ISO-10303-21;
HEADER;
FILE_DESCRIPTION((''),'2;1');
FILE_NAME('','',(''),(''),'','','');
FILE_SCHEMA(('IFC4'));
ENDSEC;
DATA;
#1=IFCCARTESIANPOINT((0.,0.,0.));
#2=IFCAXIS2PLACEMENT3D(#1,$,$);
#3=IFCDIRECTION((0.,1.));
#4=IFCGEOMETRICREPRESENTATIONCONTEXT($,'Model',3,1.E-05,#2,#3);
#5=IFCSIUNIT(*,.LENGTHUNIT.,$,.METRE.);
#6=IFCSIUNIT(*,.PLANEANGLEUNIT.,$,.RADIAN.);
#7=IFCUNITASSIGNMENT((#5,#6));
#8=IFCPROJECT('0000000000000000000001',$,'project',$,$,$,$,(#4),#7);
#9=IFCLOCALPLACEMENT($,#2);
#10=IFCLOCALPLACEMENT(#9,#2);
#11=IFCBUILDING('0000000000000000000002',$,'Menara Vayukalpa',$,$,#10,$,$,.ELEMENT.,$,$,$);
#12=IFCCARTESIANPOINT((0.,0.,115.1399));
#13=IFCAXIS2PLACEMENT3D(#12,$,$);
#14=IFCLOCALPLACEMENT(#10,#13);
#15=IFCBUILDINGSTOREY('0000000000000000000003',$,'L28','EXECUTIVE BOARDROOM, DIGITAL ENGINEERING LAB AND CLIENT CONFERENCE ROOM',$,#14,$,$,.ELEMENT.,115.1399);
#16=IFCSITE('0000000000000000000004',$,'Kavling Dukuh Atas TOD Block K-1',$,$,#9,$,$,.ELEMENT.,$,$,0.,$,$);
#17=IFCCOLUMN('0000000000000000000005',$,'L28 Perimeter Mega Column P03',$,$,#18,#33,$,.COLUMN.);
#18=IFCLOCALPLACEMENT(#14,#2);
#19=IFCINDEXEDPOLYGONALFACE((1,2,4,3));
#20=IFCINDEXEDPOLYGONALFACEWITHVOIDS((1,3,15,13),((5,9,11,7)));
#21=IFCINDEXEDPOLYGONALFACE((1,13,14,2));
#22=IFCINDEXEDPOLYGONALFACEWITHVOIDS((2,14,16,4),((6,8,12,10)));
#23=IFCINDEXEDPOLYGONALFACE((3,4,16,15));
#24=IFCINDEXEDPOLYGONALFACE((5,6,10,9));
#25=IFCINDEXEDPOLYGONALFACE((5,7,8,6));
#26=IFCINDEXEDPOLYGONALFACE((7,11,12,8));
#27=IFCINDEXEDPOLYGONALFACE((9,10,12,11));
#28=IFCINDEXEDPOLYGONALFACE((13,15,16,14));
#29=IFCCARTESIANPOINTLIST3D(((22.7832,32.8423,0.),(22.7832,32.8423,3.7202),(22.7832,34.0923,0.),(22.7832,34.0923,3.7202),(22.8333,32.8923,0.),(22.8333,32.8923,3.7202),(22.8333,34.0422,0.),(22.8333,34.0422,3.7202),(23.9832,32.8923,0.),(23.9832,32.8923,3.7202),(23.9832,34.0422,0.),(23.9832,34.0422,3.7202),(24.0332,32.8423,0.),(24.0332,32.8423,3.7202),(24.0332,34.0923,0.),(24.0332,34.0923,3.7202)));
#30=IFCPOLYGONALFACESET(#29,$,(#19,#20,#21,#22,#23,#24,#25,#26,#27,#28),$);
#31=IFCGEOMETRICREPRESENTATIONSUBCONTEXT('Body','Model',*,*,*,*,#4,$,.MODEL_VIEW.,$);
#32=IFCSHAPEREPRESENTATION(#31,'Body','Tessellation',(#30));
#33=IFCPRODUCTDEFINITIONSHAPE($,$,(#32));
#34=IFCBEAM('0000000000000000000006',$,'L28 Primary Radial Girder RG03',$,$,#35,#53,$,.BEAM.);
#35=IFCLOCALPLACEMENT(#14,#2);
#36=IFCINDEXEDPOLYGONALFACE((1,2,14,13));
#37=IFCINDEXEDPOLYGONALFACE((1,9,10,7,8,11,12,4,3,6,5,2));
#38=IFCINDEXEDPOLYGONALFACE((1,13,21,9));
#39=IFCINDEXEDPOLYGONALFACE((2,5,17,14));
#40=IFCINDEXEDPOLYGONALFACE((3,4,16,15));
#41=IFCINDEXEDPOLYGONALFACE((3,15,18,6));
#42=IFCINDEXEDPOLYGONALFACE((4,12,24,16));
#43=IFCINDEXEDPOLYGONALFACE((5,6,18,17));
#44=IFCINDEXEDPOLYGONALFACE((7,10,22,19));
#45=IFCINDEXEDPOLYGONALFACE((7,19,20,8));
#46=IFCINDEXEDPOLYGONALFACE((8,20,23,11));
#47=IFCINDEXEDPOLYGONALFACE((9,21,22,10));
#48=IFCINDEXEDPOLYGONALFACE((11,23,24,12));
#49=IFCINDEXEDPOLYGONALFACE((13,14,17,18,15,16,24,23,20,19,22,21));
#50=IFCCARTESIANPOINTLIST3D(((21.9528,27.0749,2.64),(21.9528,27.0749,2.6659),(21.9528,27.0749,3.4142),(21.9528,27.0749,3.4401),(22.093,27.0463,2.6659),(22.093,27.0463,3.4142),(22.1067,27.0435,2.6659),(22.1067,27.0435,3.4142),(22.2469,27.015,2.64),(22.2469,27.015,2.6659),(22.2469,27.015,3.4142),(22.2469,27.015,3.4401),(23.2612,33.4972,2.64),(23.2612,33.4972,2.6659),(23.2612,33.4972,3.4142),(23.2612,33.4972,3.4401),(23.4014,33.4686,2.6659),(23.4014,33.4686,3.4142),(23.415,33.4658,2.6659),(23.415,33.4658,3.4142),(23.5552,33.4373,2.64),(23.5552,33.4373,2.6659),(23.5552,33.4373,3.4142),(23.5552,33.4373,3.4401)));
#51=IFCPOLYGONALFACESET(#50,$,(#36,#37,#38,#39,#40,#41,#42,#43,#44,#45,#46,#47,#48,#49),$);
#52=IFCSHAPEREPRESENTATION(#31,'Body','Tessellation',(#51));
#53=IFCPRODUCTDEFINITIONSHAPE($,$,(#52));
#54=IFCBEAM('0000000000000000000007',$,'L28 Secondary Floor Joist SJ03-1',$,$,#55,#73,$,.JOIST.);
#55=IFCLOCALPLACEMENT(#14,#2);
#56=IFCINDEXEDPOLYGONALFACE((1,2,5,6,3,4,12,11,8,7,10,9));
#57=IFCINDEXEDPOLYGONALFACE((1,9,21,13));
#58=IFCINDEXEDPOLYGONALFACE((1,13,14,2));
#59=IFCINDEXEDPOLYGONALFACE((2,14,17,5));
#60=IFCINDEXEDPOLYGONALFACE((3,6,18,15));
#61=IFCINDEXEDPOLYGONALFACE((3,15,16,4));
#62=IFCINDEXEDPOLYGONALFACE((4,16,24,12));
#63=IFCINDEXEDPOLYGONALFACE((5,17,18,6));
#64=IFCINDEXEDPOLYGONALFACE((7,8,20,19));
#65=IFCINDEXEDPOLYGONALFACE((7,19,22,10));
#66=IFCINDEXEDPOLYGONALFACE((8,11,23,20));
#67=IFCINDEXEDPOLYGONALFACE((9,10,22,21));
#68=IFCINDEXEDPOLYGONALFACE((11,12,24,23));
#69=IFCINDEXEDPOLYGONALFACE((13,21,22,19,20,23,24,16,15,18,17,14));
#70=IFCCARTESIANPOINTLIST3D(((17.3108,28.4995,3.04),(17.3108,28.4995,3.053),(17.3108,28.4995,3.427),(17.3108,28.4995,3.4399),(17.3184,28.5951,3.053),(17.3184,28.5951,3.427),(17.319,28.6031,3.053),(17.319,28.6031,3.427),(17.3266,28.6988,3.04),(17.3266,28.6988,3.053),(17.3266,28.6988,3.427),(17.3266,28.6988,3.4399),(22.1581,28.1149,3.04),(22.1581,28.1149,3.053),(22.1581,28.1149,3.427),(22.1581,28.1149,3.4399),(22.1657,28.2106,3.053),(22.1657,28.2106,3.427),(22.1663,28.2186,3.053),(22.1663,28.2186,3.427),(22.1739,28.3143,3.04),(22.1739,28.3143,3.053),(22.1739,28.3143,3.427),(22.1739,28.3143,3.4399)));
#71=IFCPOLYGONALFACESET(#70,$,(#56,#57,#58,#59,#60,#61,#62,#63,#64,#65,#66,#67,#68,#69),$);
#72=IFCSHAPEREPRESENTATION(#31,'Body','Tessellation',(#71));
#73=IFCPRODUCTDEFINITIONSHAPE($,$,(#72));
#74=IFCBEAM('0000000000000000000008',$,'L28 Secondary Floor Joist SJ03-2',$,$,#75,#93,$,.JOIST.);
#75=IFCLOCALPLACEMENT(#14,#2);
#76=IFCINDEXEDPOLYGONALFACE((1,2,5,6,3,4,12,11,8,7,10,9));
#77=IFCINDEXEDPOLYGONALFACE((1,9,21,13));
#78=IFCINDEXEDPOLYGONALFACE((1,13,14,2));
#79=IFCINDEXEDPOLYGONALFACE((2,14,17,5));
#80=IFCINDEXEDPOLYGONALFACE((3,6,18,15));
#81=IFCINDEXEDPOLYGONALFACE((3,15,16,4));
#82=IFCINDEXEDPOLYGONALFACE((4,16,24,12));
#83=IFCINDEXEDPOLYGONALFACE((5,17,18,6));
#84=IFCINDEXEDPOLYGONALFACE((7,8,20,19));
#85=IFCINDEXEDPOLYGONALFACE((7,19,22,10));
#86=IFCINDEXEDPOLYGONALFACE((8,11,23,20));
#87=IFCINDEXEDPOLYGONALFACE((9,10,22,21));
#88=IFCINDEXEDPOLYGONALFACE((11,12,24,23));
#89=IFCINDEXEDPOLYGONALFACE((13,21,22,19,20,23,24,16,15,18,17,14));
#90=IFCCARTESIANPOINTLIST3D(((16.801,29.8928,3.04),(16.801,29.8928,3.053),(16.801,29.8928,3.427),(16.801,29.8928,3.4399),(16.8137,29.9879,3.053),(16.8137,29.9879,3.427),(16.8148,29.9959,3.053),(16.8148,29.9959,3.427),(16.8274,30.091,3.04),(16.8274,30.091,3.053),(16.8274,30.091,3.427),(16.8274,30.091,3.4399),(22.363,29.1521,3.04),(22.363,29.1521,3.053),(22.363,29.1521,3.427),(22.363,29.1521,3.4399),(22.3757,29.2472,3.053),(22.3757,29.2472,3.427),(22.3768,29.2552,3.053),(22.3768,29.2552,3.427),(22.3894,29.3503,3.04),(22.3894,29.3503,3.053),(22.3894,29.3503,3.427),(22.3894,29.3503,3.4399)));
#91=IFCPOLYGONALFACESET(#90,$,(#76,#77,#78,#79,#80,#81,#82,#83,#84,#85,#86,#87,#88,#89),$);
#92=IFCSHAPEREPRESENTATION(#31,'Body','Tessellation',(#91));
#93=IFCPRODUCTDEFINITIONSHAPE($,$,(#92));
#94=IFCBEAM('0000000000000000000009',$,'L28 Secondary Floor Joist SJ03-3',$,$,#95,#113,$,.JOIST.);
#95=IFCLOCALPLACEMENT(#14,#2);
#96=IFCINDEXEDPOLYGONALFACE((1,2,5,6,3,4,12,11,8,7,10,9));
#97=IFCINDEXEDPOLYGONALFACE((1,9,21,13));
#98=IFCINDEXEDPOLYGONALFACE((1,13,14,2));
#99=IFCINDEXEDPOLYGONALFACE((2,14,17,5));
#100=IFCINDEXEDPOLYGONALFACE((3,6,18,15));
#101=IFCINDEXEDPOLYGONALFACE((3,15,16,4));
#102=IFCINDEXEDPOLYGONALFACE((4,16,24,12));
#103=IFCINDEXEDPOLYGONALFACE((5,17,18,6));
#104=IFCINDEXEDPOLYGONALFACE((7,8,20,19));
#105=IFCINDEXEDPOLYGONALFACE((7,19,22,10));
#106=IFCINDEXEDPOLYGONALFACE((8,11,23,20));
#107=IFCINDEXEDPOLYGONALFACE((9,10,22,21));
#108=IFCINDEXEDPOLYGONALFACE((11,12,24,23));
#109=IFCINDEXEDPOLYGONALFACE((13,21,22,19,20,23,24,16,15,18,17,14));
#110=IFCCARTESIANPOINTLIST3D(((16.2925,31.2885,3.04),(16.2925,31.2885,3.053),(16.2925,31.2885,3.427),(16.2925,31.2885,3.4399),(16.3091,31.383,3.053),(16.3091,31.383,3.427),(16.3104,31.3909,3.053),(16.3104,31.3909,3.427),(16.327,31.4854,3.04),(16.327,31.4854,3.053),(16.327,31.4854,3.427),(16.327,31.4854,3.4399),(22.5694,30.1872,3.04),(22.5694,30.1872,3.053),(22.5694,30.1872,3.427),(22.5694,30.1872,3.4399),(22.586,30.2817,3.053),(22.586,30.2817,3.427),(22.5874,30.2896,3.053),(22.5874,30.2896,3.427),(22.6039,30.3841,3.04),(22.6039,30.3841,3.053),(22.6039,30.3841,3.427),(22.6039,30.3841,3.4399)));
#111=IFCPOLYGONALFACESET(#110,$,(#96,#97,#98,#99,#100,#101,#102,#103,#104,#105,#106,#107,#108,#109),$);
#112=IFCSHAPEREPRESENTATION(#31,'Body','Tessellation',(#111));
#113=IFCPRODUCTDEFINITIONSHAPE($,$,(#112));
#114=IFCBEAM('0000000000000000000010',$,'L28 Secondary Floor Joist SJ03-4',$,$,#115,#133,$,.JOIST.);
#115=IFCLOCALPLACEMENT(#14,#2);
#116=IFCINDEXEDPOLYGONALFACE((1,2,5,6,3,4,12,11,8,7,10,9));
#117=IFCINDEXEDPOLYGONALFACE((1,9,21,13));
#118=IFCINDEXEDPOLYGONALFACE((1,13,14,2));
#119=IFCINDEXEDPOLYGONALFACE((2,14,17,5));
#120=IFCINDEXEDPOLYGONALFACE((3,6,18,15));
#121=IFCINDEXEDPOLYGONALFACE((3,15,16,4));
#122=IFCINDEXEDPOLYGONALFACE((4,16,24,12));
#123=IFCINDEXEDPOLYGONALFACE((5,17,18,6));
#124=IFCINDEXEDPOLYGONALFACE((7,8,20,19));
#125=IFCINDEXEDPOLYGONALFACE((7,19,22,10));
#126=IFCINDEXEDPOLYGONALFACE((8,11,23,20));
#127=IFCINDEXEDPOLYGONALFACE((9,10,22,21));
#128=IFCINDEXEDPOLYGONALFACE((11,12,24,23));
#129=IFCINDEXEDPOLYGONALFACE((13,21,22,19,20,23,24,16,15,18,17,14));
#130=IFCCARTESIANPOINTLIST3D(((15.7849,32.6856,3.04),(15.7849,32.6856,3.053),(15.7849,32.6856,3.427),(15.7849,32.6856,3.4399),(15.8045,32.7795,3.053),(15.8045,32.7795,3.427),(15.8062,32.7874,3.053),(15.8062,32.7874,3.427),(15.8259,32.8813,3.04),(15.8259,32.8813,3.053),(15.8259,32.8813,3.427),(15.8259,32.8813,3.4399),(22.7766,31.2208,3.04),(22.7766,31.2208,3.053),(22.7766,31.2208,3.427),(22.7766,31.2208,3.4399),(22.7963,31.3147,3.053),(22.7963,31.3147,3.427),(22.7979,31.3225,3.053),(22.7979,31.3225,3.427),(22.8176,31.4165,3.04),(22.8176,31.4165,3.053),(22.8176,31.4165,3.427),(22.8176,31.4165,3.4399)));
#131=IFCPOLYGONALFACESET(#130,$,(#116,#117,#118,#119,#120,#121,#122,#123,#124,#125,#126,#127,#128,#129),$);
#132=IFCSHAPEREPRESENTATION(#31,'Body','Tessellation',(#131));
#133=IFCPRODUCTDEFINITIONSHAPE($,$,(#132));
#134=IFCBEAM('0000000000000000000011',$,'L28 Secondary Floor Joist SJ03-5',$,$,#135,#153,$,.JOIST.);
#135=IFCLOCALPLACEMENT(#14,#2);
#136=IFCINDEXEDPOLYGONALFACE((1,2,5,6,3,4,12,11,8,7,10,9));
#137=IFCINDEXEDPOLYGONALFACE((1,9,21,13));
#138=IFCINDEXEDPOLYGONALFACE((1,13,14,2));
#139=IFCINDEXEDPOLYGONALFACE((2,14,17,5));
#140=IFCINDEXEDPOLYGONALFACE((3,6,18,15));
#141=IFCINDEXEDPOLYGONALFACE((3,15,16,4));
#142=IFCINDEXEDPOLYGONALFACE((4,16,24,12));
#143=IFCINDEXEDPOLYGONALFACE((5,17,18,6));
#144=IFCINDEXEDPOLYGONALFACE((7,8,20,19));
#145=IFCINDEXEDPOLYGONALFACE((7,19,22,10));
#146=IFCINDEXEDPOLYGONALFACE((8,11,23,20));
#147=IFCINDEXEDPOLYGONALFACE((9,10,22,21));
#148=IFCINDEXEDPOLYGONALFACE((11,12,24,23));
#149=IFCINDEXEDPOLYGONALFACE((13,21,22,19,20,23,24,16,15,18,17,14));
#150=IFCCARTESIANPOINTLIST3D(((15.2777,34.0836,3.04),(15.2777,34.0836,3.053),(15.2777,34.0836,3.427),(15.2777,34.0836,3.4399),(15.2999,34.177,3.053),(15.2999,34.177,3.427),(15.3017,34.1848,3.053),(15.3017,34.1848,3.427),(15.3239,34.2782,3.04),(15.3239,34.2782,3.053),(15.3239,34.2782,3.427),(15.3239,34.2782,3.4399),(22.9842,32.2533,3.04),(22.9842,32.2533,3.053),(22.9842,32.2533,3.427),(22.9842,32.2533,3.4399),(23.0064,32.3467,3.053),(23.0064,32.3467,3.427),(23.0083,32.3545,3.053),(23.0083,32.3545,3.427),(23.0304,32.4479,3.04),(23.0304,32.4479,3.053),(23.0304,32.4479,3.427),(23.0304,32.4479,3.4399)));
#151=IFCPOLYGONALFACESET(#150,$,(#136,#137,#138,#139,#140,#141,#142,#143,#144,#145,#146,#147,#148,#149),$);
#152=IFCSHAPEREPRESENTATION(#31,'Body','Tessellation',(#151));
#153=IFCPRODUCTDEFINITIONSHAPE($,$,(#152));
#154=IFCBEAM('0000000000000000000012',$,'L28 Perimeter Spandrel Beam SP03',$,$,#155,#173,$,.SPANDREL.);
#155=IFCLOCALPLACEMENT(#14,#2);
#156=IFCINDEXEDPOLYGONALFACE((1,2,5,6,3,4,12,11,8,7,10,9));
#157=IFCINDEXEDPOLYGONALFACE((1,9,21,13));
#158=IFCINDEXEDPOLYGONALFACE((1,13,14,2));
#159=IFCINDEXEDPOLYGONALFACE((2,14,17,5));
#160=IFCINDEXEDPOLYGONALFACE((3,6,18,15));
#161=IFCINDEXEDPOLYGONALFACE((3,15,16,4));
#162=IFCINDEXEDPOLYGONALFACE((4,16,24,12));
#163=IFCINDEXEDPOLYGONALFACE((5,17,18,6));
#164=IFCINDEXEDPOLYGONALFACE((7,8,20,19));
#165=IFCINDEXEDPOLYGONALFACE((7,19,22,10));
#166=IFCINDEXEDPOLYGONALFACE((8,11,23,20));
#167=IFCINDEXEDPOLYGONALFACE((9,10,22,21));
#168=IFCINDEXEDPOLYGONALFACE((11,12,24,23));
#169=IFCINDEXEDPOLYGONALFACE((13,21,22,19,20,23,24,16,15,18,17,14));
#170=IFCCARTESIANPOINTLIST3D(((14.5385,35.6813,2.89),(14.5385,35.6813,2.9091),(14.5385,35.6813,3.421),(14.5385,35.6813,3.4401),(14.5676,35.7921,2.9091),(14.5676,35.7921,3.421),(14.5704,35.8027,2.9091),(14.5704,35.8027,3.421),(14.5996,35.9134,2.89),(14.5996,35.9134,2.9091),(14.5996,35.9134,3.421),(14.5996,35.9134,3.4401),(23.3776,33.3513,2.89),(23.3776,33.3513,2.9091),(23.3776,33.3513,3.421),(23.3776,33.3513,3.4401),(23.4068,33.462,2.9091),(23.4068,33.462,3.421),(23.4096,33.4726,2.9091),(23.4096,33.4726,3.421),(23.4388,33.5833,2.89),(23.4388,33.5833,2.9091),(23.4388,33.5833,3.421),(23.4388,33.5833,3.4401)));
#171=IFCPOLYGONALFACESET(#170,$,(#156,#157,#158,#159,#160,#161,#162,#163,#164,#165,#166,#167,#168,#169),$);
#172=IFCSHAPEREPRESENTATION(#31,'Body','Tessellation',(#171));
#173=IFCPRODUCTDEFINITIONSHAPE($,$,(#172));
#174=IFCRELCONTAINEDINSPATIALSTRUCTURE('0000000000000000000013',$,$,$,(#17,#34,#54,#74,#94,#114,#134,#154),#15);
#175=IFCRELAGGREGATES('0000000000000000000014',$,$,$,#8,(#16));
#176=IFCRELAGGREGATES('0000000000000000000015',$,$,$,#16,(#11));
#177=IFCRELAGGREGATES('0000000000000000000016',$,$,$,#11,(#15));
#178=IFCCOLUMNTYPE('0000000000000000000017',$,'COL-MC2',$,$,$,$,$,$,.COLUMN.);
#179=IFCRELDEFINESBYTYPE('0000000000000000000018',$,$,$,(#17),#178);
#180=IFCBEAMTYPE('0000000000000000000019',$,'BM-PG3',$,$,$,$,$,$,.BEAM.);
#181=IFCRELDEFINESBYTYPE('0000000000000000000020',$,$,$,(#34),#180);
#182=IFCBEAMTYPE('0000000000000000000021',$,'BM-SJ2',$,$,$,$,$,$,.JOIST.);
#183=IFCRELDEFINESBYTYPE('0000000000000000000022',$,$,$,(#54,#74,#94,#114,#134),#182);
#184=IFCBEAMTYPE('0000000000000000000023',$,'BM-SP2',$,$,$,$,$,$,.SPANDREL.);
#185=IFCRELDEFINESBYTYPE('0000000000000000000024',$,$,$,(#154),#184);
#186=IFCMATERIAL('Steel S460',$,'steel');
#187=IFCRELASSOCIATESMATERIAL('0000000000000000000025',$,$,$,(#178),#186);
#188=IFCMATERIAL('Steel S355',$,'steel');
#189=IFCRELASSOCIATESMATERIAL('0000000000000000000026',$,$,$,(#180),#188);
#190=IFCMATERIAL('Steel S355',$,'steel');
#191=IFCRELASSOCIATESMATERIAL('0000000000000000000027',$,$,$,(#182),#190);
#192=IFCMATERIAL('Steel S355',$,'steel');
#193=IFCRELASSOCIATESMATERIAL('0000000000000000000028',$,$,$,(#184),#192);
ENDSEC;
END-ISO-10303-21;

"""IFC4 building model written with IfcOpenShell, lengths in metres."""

from ifc_helpers import new_model, si_unit, direction, frame, origin, origin_2d, place, context, subcontext, project, spatial, hollow_rectangle, i_section, extrude, material, material_profile, profile_set, type_object, element, save


model = new_model("IFC4")

# Units and contexts
model_context = context("Model", 3, precision=1e-05, world=origin(), true_north=direction((0.0, 1.0)))
body_context = subcontext(model_context, "Body", "Model", "MODEL_VIEW")
ifc_project = project(units=[si_unit("LENGTHUNIT", "METRE"), si_unit("PLANEANGLEUNIT", "RADIAN")], contexts=[model_context])

# Site, building, storey
site_placement = place(None, origin())
site = spatial("IfcSite", under=ifc_project, at=site_placement, Name="Kavling Dukuh Atas TOD Block K-1", CompositionType="ELEMENT", RefElevation=0.0)
building_placement = place(site_placement, origin())
building = spatial("IfcBuilding", under=site, at=building_placement, Name="Menara Vayukalpa", CompositionType="ELEMENT")
storey_placement = place(building_placement, frame((0.0, 0.0, 115.1399)))
storey = spatial("IfcBuildingStorey", under=building, at=storey_placement, Name="L28", Description="EXECUTIVE BOARDROOM, DIGITAL ENGINEERING LAB AND CLIENT CONFERENCE ROOM", CompositionType="ELEMENT", Elevation=115.1399)

# Column
ifc_material_1 = material(Name="Steel S460", Category="steel")
ifc_material_profile_1 = material_profile(ifc_material_1, hollow_rectangle(XDim=1.25, YDim=1.25, WallThickness=0.05, at=origin_2d()), Name="BOX 1250x1250x50")
ifc_profile_set_1 = profile_set([ifc_material_profile_1], Name="Steel S460")
column_type = type_object("IfcColumnType", Name="COL-MC2", PredefinedType="COLUMN", material=ifc_profile_set_1)
column_placement = place(storey_placement, frame((23.4082, 33.4673, 0.0), z_axis=(0.0, 0.0, 1.0), x_axis=(1.0, 0.0, 0.0)))
element("IfcColumn", 1, at=column_placement, inside=storey, type_object=column_type, Name="L28 Perimeter Mega Column P03", PredefinedType="COLUMN", context=body_context, shape_type="SweptSolid", body=[
    extrude(hollow_rectangle(XDim=1.25, YDim=1.25, WallThickness=0.05, at=origin_2d()), origin(), (0.0, 0.0, 1.0), 3.7202),
])

# Beams
ifc_material_2 = material(Name="Steel S355", Category="steel")
ifc_material_profile_2 = material_profile(ifc_material_2, i_section(OverallWidth=0.3, OverallDepth=0.8, WebThickness=0.0139, FlangeThickness=0.0259, at=origin_2d()), Name="WF 800x300x14x26")
ifc_profile_set_2 = profile_set([ifc_material_profile_2], Name="Steel S355")
beam_type_1 = type_object("IfcBeamType", Name="BM-PG3", PredefinedType="BEAM", material=ifc_profile_set_2)
beam_1_placement = place(storey_placement, frame((22.0999, 27.0449, 3.04), z_axis=(0.199618, 0.979874, 0.0), x_axis=(-0.979874, 0.199618, 0.0)))
element("IfcBeam", 2, at=beam_1_placement, inside=storey, type_object=beam_type_1, Name="L28 Primary Radial Girder RG03", PredefinedType="BEAM", context=body_context, shape_type="SweptSolid", body=[
    extrude(i_section(OverallWidth=0.3, OverallDepth=0.8, WebThickness=0.0139, FlangeThickness=0.0259, at=origin_2d()), origin(), (0.0, 0.0, 1.0), 6.5542),
])
ifc_material_3 = material(Name="Steel S355", Category="steel")
ifc_material_profile_3 = material_profile(ifc_material_3, i_section(OverallWidth=0.2, OverallDepth=0.3999, WebThickness=0.0081, FlangeThickness=0.0129, at=origin_2d()), Name="WF 400x200x8x13")
ifc_profile_set_3 = profile_set([ifc_material_profile_3], Name="Steel S355")
beam_type_2 = type_object("IfcBeamType", Name="BM-SJ2", PredefinedType="JOIST", material=ifc_profile_set_3)
beam_2_placement = place(storey_placement, frame((22.166, 28.2146, 3.24), z_axis=(-0.996869, 0.079077, 0.0), x_axis=(-0.079077, -0.996869, 0.0)))
element("IfcBeam", 3, at=beam_2_placement, inside=storey, type_object=beam_type_2, Name="L28 Secondary Floor Joist SJ03-1", PredefinedType="JOIST", context=body_context, shape_type="SweptSolid", body=[
    extrude(i_section(OverallWidth=0.2, OverallDepth=0.3999, WebThickness=0.0081, FlangeThickness=0.0129, at=origin_2d()), origin(), (0.0, 0.0, 1.0), 4.8625),
])
beam_3_placement = place(storey_placement, frame((22.3762, 29.2512, 3.24), z_axis=(-0.991248, 0.13201, 0.0), x_axis=(-0.13201, -0.991248, 0.0)))
element("IfcBeam", 4, at=beam_3_placement, inside=storey, type_object=beam_type_2, Name="L28 Secondary Floor Joist SJ03-2", PredefinedType="JOIST", context=body_context, shape_type="SweptSolid", body=[
    extrude(i_section(OverallWidth=0.2, OverallDepth=0.3999, WebThickness=0.0081, FlangeThickness=0.0129, at=origin_2d()), origin(), (0.0, 0.0, 1.0), 5.6111),
])
beam_4_placement = place(storey_placement, frame((22.5867, 30.2856, 3.24), z_axis=(-0.984954, 0.172817, 0.0), x_axis=(-0.172817, -0.984954, 0.0)))
element("IfcBeam", 5, at=beam_4_placement, inside=storey, type_object=beam_type_2, Name="L28 Secondary Floor Joist SJ03-3", PredefinedType="JOIST", context=body_context, shape_type="SweptSolid", body=[
    extrude(i_section(OverallWidth=0.2, OverallDepth=0.3999, WebThickness=0.0081, FlangeThickness=0.0129, at=origin_2d()), origin(), (0.0, 0.0, 1.0), 6.3728),
])
beam_5_placement = place(storey_placement, frame((22.7971, 31.3186, 3.24), z_axis=(-0.978749, 0.20506, 0.0), x_axis=(-0.20506, -0.978749, 0.0)))
element("IfcBeam", 6, at=beam_5_placement, inside=storey, type_object=beam_type_2, Name="L28 Secondary Floor Joist SJ03-4", PredefinedType="JOIST", context=body_context, shape_type="SweptSolid", body=[
    extrude(i_section(OverallWidth=0.2, OverallDepth=0.3999, WebThickness=0.0081, FlangeThickness=0.0129, at=origin_2d()), origin(), (0.0, 0.0, 1.0), 7.1436),
])
beam_6_placement = place(storey_placement, frame((23.0073, 32.3506, 3.24), z_axis=(-0.972936, 0.231075, 0.0), x_axis=(-0.231075, -0.972936, 0.0)))
element("IfcBeam", 7, at=beam_6_placement, inside=storey, type_object=beam_type_2, Name="L28 Secondary Floor Joist SJ03-5", PredefinedType="JOIST", context=body_context, shape_type="SweptSolid", body=[
    extrude(i_section(OverallWidth=0.2, OverallDepth=0.3999, WebThickness=0.0081, FlangeThickness=0.0129, at=origin_2d()), origin(), (0.0, 0.0, 1.0), 7.9209),
])
ifc_material_4 = material(Name="Steel S355", Category="steel")
ifc_material_profile_4 = material_profile(ifc_material_4, i_section(OverallWidth=0.24, OverallDepth=0.55, WebThickness=0.011, FlangeThickness=0.019, at=origin_2d()), Name="WF 550x240x11x19")
ifc_profile_set_4 = profile_set([ifc_material_profile_4], Name="Steel S355")
beam_type_3 = type_object("IfcBeamType", Name="BM-SP2", PredefinedType="SPANDREL", material=ifc_profile_set_4)
beam_7_placement = place(storey_placement, frame((23.4082, 33.4673, 3.165), z_axis=(-0.966967, 0.254902, 0.0), x_axis=(-0.254902, -0.966967, 0.0)))
element("IfcBeam", 8, at=beam_7_placement, inside=storey, type_object=beam_type_3, Name="L28 Perimeter Spandrel Beam SP03", PredefinedType="SPANDREL", context=body_context, shape_type="SweptSolid", body=[
    extrude(i_section(OverallWidth=0.24, OverallDepth=0.55, WebThickness=0.011, FlangeThickness=0.019, at=origin_2d()), origin(), (0.0, 0.0, 1.0), 9.1411),
])

save(model, "model.ifc")
